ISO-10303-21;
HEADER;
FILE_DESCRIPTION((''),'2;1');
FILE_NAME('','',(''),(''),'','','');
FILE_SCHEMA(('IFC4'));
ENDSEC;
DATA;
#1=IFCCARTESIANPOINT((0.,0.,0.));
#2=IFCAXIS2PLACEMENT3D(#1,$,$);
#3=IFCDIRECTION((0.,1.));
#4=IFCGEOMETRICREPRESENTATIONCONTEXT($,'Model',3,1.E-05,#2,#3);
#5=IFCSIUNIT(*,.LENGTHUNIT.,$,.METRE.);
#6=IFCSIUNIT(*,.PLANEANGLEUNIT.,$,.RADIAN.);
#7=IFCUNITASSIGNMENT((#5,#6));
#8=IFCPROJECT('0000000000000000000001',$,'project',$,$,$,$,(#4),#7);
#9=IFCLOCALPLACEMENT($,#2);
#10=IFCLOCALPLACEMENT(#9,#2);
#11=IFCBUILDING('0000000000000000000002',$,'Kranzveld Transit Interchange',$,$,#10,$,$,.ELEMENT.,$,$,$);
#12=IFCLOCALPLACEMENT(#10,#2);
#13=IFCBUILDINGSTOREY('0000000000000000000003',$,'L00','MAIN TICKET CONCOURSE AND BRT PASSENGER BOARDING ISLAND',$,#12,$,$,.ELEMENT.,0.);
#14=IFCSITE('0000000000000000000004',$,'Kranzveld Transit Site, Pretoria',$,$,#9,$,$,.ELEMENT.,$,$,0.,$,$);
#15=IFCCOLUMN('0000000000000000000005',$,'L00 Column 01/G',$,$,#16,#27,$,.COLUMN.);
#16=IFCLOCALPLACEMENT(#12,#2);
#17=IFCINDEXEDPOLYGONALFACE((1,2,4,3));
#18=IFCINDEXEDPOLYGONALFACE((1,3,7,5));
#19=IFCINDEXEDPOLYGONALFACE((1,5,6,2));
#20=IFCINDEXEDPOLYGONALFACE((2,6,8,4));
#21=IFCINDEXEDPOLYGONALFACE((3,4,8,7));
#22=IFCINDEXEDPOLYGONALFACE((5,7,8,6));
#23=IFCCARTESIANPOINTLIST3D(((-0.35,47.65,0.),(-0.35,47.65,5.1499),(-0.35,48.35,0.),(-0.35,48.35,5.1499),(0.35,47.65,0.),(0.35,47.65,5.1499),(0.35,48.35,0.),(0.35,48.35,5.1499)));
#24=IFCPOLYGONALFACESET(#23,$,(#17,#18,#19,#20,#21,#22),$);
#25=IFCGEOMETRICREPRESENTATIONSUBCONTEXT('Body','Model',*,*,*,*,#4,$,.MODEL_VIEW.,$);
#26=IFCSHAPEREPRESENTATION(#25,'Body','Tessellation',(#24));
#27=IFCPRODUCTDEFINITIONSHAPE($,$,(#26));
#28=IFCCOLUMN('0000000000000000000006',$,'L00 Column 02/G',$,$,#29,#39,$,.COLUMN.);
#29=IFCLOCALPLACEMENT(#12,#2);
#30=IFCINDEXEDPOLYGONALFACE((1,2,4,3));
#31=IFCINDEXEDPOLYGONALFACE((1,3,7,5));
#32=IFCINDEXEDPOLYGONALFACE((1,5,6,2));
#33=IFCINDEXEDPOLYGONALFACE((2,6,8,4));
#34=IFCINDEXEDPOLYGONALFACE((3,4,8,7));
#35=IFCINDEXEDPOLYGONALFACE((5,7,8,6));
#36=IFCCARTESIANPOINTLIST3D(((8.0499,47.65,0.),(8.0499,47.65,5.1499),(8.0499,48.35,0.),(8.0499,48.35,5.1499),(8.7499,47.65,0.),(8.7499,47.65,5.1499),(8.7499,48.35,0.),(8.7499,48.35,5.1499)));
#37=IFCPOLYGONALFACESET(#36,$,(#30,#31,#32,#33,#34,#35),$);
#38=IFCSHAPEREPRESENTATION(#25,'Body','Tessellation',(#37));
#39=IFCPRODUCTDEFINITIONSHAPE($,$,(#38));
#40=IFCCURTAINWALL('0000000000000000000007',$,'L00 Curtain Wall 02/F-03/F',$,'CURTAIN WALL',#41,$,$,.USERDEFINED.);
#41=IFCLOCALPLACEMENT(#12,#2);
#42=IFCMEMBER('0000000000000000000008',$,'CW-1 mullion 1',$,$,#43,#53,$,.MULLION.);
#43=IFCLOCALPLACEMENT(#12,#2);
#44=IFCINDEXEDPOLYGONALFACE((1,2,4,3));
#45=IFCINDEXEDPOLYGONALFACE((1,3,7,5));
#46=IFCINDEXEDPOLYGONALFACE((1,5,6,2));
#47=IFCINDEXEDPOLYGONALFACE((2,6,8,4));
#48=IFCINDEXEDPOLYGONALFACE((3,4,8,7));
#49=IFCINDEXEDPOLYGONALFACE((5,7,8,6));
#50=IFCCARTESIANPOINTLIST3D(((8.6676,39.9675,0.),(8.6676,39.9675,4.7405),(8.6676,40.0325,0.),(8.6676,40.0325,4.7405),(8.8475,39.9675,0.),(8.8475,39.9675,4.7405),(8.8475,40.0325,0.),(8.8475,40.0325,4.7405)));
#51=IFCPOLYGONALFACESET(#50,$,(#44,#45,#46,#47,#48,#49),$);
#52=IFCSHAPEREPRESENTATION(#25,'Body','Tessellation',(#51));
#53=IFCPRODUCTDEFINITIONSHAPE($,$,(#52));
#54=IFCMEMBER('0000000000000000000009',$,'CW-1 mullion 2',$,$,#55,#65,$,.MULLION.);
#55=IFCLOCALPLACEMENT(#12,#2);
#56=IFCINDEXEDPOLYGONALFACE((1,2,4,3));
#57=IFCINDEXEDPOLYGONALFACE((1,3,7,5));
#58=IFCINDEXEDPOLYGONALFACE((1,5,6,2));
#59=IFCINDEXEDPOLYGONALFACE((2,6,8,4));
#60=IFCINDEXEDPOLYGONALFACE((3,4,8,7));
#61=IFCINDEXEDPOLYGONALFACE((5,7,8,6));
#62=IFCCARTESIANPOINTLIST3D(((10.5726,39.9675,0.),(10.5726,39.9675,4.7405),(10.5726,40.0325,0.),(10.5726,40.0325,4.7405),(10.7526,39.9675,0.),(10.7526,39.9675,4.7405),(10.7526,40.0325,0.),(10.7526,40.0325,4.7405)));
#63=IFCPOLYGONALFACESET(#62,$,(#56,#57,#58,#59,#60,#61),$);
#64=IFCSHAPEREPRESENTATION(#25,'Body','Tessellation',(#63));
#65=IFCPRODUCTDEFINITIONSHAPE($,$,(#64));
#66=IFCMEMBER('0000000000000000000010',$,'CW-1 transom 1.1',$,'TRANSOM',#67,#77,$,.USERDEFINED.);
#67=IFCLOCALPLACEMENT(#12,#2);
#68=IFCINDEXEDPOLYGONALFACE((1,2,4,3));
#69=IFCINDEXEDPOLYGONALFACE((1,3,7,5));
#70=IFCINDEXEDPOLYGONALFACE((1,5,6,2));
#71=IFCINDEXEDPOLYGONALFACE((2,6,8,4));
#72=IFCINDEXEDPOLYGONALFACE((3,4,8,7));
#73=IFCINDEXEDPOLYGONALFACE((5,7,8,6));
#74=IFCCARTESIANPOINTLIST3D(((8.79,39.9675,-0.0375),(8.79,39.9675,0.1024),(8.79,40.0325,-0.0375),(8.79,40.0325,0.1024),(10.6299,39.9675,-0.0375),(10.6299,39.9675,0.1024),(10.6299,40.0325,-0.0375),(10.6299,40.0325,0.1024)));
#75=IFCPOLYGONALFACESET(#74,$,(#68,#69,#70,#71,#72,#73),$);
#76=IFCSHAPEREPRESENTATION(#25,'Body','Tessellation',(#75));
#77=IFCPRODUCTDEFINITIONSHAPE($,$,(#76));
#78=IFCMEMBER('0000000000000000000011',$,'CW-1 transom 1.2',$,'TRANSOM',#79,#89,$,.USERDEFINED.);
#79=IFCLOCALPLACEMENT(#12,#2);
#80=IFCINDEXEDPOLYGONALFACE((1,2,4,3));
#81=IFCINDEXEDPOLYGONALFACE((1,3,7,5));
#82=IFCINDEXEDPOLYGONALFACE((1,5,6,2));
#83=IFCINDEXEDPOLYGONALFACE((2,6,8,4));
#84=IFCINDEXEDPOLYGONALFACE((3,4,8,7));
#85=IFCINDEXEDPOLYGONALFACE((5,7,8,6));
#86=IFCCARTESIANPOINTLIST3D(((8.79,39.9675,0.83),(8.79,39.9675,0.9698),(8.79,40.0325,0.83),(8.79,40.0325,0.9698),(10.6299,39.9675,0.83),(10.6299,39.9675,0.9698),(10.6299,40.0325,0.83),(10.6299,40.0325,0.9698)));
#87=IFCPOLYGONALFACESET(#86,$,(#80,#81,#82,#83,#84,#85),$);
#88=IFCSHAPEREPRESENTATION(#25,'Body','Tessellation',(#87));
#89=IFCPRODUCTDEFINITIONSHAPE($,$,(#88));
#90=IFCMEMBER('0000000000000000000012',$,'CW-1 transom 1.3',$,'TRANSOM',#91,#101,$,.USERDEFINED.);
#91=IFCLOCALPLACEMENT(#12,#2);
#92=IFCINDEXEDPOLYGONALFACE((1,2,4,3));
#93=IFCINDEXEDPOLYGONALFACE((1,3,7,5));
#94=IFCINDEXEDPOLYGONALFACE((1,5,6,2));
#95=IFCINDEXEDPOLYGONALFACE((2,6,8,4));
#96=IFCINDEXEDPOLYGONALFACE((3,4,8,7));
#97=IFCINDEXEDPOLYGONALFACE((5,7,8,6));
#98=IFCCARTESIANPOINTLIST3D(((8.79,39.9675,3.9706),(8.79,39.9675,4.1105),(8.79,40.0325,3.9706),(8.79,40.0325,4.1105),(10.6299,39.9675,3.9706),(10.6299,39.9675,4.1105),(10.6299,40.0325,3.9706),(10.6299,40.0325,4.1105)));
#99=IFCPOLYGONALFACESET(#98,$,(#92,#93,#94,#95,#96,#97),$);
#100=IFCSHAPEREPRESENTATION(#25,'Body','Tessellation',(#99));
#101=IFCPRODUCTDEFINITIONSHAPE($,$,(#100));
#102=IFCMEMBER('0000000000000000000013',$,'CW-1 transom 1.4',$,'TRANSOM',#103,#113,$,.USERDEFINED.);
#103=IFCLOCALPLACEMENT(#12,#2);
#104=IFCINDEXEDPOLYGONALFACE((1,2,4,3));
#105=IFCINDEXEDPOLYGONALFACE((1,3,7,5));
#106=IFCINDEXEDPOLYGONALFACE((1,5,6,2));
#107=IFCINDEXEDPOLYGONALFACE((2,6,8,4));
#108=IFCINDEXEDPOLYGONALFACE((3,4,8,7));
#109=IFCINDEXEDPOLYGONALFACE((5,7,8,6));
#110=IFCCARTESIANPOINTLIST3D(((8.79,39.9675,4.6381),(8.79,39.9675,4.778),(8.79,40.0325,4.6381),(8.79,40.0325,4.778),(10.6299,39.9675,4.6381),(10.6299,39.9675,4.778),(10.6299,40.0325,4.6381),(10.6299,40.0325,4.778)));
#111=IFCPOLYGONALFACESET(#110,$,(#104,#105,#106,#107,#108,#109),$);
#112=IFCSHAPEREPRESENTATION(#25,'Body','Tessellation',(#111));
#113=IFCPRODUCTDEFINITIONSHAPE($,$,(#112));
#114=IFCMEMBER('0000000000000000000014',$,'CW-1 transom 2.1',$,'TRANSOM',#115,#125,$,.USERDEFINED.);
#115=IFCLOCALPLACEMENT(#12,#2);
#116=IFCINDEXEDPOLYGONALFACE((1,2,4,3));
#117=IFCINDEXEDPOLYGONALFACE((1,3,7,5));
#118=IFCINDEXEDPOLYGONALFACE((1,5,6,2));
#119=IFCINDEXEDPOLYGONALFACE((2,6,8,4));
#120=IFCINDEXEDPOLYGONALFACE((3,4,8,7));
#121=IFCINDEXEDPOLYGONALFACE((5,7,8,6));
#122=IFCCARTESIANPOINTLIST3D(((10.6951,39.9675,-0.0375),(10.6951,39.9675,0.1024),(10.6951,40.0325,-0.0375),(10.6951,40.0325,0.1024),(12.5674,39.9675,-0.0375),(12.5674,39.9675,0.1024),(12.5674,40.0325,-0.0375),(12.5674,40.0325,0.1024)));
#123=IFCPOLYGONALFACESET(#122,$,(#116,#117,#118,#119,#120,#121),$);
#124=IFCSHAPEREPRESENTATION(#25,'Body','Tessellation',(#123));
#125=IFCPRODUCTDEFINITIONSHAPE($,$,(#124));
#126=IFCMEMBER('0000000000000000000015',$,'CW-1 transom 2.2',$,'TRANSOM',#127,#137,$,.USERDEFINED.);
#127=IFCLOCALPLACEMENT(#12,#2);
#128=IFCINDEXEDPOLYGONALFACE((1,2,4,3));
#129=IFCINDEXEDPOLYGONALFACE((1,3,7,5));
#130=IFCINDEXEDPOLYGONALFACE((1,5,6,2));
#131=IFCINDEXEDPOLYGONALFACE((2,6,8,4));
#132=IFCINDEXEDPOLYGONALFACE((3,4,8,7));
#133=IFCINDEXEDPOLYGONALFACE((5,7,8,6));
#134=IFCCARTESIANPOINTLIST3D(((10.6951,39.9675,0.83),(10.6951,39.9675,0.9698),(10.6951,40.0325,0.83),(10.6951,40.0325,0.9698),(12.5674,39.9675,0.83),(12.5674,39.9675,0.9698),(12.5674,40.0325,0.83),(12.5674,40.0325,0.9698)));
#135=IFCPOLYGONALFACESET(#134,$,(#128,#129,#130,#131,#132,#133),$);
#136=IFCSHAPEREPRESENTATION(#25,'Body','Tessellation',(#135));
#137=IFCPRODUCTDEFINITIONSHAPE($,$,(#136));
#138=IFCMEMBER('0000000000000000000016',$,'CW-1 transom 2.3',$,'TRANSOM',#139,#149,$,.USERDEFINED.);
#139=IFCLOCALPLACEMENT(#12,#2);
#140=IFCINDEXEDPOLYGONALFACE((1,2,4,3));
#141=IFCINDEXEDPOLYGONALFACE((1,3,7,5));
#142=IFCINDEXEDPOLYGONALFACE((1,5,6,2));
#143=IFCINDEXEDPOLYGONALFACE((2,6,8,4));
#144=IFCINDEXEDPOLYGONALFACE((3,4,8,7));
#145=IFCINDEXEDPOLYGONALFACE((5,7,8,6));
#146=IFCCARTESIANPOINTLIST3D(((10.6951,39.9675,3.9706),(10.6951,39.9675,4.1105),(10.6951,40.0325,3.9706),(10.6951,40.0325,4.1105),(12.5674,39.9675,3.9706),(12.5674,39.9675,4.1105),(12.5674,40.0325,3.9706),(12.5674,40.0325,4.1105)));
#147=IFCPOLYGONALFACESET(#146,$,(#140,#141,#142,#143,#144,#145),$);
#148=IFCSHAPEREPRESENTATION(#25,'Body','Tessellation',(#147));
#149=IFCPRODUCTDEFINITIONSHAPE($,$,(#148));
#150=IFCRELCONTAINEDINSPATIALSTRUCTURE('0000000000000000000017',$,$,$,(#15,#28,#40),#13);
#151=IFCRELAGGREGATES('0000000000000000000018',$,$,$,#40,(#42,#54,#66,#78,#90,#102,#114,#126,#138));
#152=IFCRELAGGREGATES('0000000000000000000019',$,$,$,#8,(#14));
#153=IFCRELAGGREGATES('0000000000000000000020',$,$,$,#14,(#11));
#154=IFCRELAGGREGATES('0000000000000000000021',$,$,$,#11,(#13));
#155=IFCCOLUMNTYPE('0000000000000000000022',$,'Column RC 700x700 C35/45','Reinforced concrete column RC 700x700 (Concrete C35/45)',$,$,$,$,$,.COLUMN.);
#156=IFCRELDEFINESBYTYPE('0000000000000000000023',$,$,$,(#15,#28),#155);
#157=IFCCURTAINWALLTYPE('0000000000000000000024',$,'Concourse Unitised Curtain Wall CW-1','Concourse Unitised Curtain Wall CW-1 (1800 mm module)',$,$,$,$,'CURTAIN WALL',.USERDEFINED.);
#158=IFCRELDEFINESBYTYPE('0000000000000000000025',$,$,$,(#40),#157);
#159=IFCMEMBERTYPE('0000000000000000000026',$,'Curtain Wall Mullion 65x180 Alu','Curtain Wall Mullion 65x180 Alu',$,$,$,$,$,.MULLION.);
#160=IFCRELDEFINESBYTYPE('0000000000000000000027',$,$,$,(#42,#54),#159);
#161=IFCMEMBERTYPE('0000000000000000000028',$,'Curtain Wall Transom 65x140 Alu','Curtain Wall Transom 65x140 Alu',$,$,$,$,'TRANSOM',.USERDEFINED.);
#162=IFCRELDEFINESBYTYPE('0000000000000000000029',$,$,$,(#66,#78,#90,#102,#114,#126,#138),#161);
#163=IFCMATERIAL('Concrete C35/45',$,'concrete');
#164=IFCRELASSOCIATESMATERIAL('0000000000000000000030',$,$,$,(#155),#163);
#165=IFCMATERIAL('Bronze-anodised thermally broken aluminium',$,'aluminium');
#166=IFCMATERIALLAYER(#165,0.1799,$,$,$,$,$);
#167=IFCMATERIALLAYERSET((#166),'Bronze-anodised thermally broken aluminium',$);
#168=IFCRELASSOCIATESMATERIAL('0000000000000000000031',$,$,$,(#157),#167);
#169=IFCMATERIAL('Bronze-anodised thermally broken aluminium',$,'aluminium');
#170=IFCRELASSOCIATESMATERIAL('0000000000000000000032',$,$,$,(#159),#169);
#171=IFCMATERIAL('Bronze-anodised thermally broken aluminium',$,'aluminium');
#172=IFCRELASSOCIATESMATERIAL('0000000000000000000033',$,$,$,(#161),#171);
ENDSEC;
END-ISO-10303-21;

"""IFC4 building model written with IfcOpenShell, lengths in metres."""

from ifc_helpers import new_model, si_unit, direction, frame, origin, origin_2d, place, context, subcontext, project, spatial, rectangle, extrude, material, layer, layer_set, material_profile, profile_set, type_object, element, aggregate, save


model = new_model("IFC4")

# Units and contexts
model_context = context("Model", 3, precision=1e-05, world=origin(), true_north=direction((0.0, 1.0)))
body_context = subcontext(model_context, "Body", "Model", "MODEL_VIEW")
ifc_project = project(units=[si_unit("LENGTHUNIT", "METRE"), si_unit("PLANEANGLEUNIT", "RADIAN")], contexts=[model_context])

# Site, building, storey
site_placement = place(None, origin())
site = spatial("IfcSite", under=ifc_project, at=site_placement, Name="Kranzveld Transit Site, Pretoria", CompositionType="ELEMENT", RefElevation=0.0)
building_placement = place(site_placement, origin())
building = spatial("IfcBuilding", under=site, at=building_placement, Name="Kranzveld Transit Interchange", CompositionType="ELEMENT")
storey_placement = place(building_placement, origin())
storey = spatial("IfcBuildingStorey", under=building, at=storey_placement, Name="L00", Description="MAIN TICKET CONCOURSE AND BRT PASSENGER BOARDING ISLAND", CompositionType="ELEMENT", Elevation=0.0)

# Columns
ifc_material_1 = material(Name="Concrete C35/45", Category="concrete")
ifc_material_profile_1 = material_profile(ifc_material_1, rectangle(XDim=0.7, YDim=0.7, at=origin_2d()), Name="RC 700x700")
ifc_profile_set_1 = profile_set([ifc_material_profile_1], Name="Concrete C35/45")
column_type_1 = type_object("IfcColumnType", Name="Column RC 700x700 C35/45", Description="Reinforced concrete column RC 700x700 (Concrete C35/45)", PredefinedType="COLUMN", material=ifc_profile_set_1)
for number, where, z_axis, x_axis, name in (
    (1, (0.0, 48.0, 0.0), (0.0, 0.0, 1.0), (1.0, 0.0, 0.0), "L00 Column 01/G"),
    (2, (8.3999, 48.0, 0.0), (0.0, 0.0, 1.0), (1.0, 0.0, 0.0), "L00 Column 02/G"),
):
    element("IfcColumn", number, at=place(storey_placement, frame(where, z_axis=z_axis, x_axis=x_axis)), inside=storey, type_object=column_type_1, Name=name, PredefinedType="COLUMN", context=body_context, shape_type="SweptSolid", body=[
        extrude(rectangle(XDim=0.7, YDim=0.7, at=origin_2d()), origin(), (0.0, 0.0, 1.0), 5.1499),
    ])

# Curtain wall, members
ifc_material_2 = material(Name="Bronze-anodised thermally broken aluminium", Category="aluminium")
ifc_layer_1 = layer(ifc_material_2, 0.1799)
ifc_layer_set_1 = layer_set([ifc_layer_1], Name="Bronze-anodised thermally broken aluminium")
curtain_wall_type = type_object("IfcCurtainWallType", Name="Concourse Unitised Curtain Wall CW-1", Description="Concourse Unitised Curtain Wall CW-1 (1800 mm module)", ElementType="CURTAIN WALL", PredefinedType="USERDEFINED", material=ifc_layer_set_1)
curtain_wall_placement = place(storey_placement, origin())
curtain_wall = element("IfcCurtainWall", 3, at=curtain_wall_placement, inside=storey, type_object=curtain_wall_type, Name="L00 Curtain Wall 02/F-03/F", ObjectType="CURTAIN WALL", PredefinedType="USERDEFINED")
ifc_material_3 = material(Name="Bronze-anodised thermally broken aluminium", Category="aluminium")
ifc_material_profile_2 = material_profile(ifc_material_3, rectangle(XDim=0.0649, YDim=0.1799, at=origin_2d()), Name="ALU MULLION 65x180")
ifc_profile_set_2 = profile_set([ifc_material_profile_2], Name="Bronze-anodised thermally broken aluminium")
member_type_1 = type_object("IfcMemberType", Name="Curtain Wall Mullion 65x180 Alu", Description="Curtain Wall Mullion 65x180 Alu", PredefinedType="MULLION", material=ifc_profile_set_2)
member_1_placement = place(storey_placement, frame((8.7576, 40.0, 0.0), z_axis=(0.0, 0.0, 1.0), x_axis=(0.0, 1.0, 0.0)))
member_1 = element("IfcMember", 4, at=member_1_placement, type_object=member_type_1, Name="CW-1 mullion 1", PredefinedType="MULLION", context=body_context, shape_type="SweptSolid", body=[
    extrude(rectangle(XDim=0.0649, YDim=0.1799, at=origin_2d()), origin(), (0.0, 0.0, 1.0), 4.7405),
])
member_2_placement = place(storey_placement, frame((10.6626, 40.0, 0.0), z_axis=(0.0, 0.0, 1.0), x_axis=(0.0, 1.0, 0.0)))
member_2 = element("IfcMember", 5, at=member_2_placement, type_object=member_type_1, Name="CW-1 mullion 2", PredefinedType="MULLION", context=body_context, shape_type="SweptSolid", body=[
    extrude(rectangle(XDim=0.0649, YDim=0.1799, at=origin_2d()), origin(), (0.0, 0.0, 1.0), 4.7405),
])
ifc_material_4 = material(Name="Bronze-anodised thermally broken aluminium", Category="aluminium")
ifc_material_profile_3 = material_profile(ifc_material_4, rectangle(XDim=0.0649, YDim=0.1399, at=origin_2d()), Name="ALU TRANSOM 65x140")
ifc_profile_set_3 = profile_set([ifc_material_profile_3], Name="Bronze-anodised thermally broken aluminium")
member_type_2 = type_object("IfcMemberType", Name="Curtain Wall Transom 65x140 Alu", Description="Curtain Wall Transom 65x140 Alu", ElementType="TRANSOM", PredefinedType="USERDEFINED", material=ifc_profile_set_3)
member_3_placement = place(storey_placement, frame((8.79, 40.0, 0.0325), z_axis=(1.0, 0.0, 0.0), x_axis=(0.0, 1.0, 0.0)))
member_3 = element("IfcMember", 6, at=member_3_placement, type_object=member_type_2, Name="CW-1 transom 1.1", ObjectType="TRANSOM", PredefinedType="USERDEFINED", context=body_context, shape_type="SweptSolid", body=[
    extrude(rectangle(XDim=0.0649, YDim=0.1399, at=origin_2d()), origin(), (0.0, 0.0, 1.0), 1.8398),
])
member_4_placement = place(storey_placement, frame((8.79, 40.0, 0.8999), z_axis=(1.0, 0.0, 0.0), x_axis=(0.0, 1.0, 0.0)))
member_4 = element("IfcMember", 7, at=member_4_placement, type_object=member_type_2, Name="CW-1 transom 1.2", ObjectType="TRANSOM", PredefinedType="USERDEFINED", context=body_context, shape_type="SweptSolid", body=[
    extrude(rectangle(XDim=0.0649, YDim=0.1399, at=origin_2d()), origin(), (0.0, 0.0, 1.0), 1.8398),
])
member_5_placement = place(storey_placement, frame((8.79, 40.0, 4.0405), z_axis=(1.0, 0.0, 0.0), x_axis=(0.0, 1.0, 0.0)))
member_5 = element("IfcMember", 8, at=member_5_placement, type_object=member_type_2, Name="CW-1 transom 1.3", ObjectType="TRANSOM", PredefinedType="USERDEFINED", context=body_context, shape_type="SweptSolid", body=[
    extrude(rectangle(XDim=0.0649, YDim=0.1399, at=origin_2d()), origin(), (0.0, 0.0, 1.0), 1.8398),
])
member_6_placement = place(storey_placement, frame((8.79, 40.0, 4.708), z_axis=(1.0, 0.0, 0.0), x_axis=(0.0, 1.0, 0.0)))
member_6 = element("IfcMember", 9, at=member_6_placement, type_object=member_type_2, Name="CW-1 transom 1.4", ObjectType="TRANSOM", PredefinedType="USERDEFINED", context=body_context, shape_type="SweptSolid", body=[
    extrude(rectangle(XDim=0.0649, YDim=0.1399, at=origin_2d()), origin(), (0.0, 0.0, 1.0), 1.8398),
])
member_7_placement = place(storey_placement, frame((10.6951, 40.0, 0.0325), z_axis=(1.0, 0.0, 0.0), x_axis=(0.0, 1.0, 0.0)))
member_7 = element("IfcMember", 10, at=member_7_placement, type_object=member_type_2, Name="CW-1 transom 2.1", ObjectType="TRANSOM", PredefinedType="USERDEFINED", context=body_context, shape_type="SweptSolid", body=[
    extrude(rectangle(XDim=0.0649, YDim=0.1399, at=origin_2d()), origin(), (0.0, 0.0, 1.0), 1.8723),
])
member_8_placement = place(storey_placement, frame((10.6951, 40.0, 0.8999), z_axis=(1.0, 0.0, 0.0), x_axis=(0.0, 1.0, 0.0)))
member_8 = element("IfcMember", 11, at=member_8_placement, type_object=member_type_2, Name="CW-1 transom 2.2", ObjectType="TRANSOM", PredefinedType="USERDEFINED", context=body_context, shape_type="SweptSolid", body=[
    extrude(rectangle(XDim=0.0649, YDim=0.1399, at=origin_2d()), origin(), (0.0, 0.0, 1.0), 1.8723),
])
member_9_placement = place(storey_placement, frame((10.6951, 40.0, 4.0405), z_axis=(1.0, 0.0, 0.0), x_axis=(0.0, 1.0, 0.0)))
member_9 = element("IfcMember", 12, at=member_9_placement, type_object=member_type_2, Name="CW-1 transom 2.3", ObjectType="TRANSOM", PredefinedType="USERDEFINED", context=body_context, shape_type="SweptSolid", body=[
    extrude(rectangle(XDim=0.0649, YDim=0.1399, at=origin_2d()), origin(), (0.0, 0.0, 1.0), 1.8723),
])

aggregate(curtain_wall, [member_1, member_2, member_3, member_4, member_5, member_6, member_7, member_8, member_9])

save(model, "model.ifc")
